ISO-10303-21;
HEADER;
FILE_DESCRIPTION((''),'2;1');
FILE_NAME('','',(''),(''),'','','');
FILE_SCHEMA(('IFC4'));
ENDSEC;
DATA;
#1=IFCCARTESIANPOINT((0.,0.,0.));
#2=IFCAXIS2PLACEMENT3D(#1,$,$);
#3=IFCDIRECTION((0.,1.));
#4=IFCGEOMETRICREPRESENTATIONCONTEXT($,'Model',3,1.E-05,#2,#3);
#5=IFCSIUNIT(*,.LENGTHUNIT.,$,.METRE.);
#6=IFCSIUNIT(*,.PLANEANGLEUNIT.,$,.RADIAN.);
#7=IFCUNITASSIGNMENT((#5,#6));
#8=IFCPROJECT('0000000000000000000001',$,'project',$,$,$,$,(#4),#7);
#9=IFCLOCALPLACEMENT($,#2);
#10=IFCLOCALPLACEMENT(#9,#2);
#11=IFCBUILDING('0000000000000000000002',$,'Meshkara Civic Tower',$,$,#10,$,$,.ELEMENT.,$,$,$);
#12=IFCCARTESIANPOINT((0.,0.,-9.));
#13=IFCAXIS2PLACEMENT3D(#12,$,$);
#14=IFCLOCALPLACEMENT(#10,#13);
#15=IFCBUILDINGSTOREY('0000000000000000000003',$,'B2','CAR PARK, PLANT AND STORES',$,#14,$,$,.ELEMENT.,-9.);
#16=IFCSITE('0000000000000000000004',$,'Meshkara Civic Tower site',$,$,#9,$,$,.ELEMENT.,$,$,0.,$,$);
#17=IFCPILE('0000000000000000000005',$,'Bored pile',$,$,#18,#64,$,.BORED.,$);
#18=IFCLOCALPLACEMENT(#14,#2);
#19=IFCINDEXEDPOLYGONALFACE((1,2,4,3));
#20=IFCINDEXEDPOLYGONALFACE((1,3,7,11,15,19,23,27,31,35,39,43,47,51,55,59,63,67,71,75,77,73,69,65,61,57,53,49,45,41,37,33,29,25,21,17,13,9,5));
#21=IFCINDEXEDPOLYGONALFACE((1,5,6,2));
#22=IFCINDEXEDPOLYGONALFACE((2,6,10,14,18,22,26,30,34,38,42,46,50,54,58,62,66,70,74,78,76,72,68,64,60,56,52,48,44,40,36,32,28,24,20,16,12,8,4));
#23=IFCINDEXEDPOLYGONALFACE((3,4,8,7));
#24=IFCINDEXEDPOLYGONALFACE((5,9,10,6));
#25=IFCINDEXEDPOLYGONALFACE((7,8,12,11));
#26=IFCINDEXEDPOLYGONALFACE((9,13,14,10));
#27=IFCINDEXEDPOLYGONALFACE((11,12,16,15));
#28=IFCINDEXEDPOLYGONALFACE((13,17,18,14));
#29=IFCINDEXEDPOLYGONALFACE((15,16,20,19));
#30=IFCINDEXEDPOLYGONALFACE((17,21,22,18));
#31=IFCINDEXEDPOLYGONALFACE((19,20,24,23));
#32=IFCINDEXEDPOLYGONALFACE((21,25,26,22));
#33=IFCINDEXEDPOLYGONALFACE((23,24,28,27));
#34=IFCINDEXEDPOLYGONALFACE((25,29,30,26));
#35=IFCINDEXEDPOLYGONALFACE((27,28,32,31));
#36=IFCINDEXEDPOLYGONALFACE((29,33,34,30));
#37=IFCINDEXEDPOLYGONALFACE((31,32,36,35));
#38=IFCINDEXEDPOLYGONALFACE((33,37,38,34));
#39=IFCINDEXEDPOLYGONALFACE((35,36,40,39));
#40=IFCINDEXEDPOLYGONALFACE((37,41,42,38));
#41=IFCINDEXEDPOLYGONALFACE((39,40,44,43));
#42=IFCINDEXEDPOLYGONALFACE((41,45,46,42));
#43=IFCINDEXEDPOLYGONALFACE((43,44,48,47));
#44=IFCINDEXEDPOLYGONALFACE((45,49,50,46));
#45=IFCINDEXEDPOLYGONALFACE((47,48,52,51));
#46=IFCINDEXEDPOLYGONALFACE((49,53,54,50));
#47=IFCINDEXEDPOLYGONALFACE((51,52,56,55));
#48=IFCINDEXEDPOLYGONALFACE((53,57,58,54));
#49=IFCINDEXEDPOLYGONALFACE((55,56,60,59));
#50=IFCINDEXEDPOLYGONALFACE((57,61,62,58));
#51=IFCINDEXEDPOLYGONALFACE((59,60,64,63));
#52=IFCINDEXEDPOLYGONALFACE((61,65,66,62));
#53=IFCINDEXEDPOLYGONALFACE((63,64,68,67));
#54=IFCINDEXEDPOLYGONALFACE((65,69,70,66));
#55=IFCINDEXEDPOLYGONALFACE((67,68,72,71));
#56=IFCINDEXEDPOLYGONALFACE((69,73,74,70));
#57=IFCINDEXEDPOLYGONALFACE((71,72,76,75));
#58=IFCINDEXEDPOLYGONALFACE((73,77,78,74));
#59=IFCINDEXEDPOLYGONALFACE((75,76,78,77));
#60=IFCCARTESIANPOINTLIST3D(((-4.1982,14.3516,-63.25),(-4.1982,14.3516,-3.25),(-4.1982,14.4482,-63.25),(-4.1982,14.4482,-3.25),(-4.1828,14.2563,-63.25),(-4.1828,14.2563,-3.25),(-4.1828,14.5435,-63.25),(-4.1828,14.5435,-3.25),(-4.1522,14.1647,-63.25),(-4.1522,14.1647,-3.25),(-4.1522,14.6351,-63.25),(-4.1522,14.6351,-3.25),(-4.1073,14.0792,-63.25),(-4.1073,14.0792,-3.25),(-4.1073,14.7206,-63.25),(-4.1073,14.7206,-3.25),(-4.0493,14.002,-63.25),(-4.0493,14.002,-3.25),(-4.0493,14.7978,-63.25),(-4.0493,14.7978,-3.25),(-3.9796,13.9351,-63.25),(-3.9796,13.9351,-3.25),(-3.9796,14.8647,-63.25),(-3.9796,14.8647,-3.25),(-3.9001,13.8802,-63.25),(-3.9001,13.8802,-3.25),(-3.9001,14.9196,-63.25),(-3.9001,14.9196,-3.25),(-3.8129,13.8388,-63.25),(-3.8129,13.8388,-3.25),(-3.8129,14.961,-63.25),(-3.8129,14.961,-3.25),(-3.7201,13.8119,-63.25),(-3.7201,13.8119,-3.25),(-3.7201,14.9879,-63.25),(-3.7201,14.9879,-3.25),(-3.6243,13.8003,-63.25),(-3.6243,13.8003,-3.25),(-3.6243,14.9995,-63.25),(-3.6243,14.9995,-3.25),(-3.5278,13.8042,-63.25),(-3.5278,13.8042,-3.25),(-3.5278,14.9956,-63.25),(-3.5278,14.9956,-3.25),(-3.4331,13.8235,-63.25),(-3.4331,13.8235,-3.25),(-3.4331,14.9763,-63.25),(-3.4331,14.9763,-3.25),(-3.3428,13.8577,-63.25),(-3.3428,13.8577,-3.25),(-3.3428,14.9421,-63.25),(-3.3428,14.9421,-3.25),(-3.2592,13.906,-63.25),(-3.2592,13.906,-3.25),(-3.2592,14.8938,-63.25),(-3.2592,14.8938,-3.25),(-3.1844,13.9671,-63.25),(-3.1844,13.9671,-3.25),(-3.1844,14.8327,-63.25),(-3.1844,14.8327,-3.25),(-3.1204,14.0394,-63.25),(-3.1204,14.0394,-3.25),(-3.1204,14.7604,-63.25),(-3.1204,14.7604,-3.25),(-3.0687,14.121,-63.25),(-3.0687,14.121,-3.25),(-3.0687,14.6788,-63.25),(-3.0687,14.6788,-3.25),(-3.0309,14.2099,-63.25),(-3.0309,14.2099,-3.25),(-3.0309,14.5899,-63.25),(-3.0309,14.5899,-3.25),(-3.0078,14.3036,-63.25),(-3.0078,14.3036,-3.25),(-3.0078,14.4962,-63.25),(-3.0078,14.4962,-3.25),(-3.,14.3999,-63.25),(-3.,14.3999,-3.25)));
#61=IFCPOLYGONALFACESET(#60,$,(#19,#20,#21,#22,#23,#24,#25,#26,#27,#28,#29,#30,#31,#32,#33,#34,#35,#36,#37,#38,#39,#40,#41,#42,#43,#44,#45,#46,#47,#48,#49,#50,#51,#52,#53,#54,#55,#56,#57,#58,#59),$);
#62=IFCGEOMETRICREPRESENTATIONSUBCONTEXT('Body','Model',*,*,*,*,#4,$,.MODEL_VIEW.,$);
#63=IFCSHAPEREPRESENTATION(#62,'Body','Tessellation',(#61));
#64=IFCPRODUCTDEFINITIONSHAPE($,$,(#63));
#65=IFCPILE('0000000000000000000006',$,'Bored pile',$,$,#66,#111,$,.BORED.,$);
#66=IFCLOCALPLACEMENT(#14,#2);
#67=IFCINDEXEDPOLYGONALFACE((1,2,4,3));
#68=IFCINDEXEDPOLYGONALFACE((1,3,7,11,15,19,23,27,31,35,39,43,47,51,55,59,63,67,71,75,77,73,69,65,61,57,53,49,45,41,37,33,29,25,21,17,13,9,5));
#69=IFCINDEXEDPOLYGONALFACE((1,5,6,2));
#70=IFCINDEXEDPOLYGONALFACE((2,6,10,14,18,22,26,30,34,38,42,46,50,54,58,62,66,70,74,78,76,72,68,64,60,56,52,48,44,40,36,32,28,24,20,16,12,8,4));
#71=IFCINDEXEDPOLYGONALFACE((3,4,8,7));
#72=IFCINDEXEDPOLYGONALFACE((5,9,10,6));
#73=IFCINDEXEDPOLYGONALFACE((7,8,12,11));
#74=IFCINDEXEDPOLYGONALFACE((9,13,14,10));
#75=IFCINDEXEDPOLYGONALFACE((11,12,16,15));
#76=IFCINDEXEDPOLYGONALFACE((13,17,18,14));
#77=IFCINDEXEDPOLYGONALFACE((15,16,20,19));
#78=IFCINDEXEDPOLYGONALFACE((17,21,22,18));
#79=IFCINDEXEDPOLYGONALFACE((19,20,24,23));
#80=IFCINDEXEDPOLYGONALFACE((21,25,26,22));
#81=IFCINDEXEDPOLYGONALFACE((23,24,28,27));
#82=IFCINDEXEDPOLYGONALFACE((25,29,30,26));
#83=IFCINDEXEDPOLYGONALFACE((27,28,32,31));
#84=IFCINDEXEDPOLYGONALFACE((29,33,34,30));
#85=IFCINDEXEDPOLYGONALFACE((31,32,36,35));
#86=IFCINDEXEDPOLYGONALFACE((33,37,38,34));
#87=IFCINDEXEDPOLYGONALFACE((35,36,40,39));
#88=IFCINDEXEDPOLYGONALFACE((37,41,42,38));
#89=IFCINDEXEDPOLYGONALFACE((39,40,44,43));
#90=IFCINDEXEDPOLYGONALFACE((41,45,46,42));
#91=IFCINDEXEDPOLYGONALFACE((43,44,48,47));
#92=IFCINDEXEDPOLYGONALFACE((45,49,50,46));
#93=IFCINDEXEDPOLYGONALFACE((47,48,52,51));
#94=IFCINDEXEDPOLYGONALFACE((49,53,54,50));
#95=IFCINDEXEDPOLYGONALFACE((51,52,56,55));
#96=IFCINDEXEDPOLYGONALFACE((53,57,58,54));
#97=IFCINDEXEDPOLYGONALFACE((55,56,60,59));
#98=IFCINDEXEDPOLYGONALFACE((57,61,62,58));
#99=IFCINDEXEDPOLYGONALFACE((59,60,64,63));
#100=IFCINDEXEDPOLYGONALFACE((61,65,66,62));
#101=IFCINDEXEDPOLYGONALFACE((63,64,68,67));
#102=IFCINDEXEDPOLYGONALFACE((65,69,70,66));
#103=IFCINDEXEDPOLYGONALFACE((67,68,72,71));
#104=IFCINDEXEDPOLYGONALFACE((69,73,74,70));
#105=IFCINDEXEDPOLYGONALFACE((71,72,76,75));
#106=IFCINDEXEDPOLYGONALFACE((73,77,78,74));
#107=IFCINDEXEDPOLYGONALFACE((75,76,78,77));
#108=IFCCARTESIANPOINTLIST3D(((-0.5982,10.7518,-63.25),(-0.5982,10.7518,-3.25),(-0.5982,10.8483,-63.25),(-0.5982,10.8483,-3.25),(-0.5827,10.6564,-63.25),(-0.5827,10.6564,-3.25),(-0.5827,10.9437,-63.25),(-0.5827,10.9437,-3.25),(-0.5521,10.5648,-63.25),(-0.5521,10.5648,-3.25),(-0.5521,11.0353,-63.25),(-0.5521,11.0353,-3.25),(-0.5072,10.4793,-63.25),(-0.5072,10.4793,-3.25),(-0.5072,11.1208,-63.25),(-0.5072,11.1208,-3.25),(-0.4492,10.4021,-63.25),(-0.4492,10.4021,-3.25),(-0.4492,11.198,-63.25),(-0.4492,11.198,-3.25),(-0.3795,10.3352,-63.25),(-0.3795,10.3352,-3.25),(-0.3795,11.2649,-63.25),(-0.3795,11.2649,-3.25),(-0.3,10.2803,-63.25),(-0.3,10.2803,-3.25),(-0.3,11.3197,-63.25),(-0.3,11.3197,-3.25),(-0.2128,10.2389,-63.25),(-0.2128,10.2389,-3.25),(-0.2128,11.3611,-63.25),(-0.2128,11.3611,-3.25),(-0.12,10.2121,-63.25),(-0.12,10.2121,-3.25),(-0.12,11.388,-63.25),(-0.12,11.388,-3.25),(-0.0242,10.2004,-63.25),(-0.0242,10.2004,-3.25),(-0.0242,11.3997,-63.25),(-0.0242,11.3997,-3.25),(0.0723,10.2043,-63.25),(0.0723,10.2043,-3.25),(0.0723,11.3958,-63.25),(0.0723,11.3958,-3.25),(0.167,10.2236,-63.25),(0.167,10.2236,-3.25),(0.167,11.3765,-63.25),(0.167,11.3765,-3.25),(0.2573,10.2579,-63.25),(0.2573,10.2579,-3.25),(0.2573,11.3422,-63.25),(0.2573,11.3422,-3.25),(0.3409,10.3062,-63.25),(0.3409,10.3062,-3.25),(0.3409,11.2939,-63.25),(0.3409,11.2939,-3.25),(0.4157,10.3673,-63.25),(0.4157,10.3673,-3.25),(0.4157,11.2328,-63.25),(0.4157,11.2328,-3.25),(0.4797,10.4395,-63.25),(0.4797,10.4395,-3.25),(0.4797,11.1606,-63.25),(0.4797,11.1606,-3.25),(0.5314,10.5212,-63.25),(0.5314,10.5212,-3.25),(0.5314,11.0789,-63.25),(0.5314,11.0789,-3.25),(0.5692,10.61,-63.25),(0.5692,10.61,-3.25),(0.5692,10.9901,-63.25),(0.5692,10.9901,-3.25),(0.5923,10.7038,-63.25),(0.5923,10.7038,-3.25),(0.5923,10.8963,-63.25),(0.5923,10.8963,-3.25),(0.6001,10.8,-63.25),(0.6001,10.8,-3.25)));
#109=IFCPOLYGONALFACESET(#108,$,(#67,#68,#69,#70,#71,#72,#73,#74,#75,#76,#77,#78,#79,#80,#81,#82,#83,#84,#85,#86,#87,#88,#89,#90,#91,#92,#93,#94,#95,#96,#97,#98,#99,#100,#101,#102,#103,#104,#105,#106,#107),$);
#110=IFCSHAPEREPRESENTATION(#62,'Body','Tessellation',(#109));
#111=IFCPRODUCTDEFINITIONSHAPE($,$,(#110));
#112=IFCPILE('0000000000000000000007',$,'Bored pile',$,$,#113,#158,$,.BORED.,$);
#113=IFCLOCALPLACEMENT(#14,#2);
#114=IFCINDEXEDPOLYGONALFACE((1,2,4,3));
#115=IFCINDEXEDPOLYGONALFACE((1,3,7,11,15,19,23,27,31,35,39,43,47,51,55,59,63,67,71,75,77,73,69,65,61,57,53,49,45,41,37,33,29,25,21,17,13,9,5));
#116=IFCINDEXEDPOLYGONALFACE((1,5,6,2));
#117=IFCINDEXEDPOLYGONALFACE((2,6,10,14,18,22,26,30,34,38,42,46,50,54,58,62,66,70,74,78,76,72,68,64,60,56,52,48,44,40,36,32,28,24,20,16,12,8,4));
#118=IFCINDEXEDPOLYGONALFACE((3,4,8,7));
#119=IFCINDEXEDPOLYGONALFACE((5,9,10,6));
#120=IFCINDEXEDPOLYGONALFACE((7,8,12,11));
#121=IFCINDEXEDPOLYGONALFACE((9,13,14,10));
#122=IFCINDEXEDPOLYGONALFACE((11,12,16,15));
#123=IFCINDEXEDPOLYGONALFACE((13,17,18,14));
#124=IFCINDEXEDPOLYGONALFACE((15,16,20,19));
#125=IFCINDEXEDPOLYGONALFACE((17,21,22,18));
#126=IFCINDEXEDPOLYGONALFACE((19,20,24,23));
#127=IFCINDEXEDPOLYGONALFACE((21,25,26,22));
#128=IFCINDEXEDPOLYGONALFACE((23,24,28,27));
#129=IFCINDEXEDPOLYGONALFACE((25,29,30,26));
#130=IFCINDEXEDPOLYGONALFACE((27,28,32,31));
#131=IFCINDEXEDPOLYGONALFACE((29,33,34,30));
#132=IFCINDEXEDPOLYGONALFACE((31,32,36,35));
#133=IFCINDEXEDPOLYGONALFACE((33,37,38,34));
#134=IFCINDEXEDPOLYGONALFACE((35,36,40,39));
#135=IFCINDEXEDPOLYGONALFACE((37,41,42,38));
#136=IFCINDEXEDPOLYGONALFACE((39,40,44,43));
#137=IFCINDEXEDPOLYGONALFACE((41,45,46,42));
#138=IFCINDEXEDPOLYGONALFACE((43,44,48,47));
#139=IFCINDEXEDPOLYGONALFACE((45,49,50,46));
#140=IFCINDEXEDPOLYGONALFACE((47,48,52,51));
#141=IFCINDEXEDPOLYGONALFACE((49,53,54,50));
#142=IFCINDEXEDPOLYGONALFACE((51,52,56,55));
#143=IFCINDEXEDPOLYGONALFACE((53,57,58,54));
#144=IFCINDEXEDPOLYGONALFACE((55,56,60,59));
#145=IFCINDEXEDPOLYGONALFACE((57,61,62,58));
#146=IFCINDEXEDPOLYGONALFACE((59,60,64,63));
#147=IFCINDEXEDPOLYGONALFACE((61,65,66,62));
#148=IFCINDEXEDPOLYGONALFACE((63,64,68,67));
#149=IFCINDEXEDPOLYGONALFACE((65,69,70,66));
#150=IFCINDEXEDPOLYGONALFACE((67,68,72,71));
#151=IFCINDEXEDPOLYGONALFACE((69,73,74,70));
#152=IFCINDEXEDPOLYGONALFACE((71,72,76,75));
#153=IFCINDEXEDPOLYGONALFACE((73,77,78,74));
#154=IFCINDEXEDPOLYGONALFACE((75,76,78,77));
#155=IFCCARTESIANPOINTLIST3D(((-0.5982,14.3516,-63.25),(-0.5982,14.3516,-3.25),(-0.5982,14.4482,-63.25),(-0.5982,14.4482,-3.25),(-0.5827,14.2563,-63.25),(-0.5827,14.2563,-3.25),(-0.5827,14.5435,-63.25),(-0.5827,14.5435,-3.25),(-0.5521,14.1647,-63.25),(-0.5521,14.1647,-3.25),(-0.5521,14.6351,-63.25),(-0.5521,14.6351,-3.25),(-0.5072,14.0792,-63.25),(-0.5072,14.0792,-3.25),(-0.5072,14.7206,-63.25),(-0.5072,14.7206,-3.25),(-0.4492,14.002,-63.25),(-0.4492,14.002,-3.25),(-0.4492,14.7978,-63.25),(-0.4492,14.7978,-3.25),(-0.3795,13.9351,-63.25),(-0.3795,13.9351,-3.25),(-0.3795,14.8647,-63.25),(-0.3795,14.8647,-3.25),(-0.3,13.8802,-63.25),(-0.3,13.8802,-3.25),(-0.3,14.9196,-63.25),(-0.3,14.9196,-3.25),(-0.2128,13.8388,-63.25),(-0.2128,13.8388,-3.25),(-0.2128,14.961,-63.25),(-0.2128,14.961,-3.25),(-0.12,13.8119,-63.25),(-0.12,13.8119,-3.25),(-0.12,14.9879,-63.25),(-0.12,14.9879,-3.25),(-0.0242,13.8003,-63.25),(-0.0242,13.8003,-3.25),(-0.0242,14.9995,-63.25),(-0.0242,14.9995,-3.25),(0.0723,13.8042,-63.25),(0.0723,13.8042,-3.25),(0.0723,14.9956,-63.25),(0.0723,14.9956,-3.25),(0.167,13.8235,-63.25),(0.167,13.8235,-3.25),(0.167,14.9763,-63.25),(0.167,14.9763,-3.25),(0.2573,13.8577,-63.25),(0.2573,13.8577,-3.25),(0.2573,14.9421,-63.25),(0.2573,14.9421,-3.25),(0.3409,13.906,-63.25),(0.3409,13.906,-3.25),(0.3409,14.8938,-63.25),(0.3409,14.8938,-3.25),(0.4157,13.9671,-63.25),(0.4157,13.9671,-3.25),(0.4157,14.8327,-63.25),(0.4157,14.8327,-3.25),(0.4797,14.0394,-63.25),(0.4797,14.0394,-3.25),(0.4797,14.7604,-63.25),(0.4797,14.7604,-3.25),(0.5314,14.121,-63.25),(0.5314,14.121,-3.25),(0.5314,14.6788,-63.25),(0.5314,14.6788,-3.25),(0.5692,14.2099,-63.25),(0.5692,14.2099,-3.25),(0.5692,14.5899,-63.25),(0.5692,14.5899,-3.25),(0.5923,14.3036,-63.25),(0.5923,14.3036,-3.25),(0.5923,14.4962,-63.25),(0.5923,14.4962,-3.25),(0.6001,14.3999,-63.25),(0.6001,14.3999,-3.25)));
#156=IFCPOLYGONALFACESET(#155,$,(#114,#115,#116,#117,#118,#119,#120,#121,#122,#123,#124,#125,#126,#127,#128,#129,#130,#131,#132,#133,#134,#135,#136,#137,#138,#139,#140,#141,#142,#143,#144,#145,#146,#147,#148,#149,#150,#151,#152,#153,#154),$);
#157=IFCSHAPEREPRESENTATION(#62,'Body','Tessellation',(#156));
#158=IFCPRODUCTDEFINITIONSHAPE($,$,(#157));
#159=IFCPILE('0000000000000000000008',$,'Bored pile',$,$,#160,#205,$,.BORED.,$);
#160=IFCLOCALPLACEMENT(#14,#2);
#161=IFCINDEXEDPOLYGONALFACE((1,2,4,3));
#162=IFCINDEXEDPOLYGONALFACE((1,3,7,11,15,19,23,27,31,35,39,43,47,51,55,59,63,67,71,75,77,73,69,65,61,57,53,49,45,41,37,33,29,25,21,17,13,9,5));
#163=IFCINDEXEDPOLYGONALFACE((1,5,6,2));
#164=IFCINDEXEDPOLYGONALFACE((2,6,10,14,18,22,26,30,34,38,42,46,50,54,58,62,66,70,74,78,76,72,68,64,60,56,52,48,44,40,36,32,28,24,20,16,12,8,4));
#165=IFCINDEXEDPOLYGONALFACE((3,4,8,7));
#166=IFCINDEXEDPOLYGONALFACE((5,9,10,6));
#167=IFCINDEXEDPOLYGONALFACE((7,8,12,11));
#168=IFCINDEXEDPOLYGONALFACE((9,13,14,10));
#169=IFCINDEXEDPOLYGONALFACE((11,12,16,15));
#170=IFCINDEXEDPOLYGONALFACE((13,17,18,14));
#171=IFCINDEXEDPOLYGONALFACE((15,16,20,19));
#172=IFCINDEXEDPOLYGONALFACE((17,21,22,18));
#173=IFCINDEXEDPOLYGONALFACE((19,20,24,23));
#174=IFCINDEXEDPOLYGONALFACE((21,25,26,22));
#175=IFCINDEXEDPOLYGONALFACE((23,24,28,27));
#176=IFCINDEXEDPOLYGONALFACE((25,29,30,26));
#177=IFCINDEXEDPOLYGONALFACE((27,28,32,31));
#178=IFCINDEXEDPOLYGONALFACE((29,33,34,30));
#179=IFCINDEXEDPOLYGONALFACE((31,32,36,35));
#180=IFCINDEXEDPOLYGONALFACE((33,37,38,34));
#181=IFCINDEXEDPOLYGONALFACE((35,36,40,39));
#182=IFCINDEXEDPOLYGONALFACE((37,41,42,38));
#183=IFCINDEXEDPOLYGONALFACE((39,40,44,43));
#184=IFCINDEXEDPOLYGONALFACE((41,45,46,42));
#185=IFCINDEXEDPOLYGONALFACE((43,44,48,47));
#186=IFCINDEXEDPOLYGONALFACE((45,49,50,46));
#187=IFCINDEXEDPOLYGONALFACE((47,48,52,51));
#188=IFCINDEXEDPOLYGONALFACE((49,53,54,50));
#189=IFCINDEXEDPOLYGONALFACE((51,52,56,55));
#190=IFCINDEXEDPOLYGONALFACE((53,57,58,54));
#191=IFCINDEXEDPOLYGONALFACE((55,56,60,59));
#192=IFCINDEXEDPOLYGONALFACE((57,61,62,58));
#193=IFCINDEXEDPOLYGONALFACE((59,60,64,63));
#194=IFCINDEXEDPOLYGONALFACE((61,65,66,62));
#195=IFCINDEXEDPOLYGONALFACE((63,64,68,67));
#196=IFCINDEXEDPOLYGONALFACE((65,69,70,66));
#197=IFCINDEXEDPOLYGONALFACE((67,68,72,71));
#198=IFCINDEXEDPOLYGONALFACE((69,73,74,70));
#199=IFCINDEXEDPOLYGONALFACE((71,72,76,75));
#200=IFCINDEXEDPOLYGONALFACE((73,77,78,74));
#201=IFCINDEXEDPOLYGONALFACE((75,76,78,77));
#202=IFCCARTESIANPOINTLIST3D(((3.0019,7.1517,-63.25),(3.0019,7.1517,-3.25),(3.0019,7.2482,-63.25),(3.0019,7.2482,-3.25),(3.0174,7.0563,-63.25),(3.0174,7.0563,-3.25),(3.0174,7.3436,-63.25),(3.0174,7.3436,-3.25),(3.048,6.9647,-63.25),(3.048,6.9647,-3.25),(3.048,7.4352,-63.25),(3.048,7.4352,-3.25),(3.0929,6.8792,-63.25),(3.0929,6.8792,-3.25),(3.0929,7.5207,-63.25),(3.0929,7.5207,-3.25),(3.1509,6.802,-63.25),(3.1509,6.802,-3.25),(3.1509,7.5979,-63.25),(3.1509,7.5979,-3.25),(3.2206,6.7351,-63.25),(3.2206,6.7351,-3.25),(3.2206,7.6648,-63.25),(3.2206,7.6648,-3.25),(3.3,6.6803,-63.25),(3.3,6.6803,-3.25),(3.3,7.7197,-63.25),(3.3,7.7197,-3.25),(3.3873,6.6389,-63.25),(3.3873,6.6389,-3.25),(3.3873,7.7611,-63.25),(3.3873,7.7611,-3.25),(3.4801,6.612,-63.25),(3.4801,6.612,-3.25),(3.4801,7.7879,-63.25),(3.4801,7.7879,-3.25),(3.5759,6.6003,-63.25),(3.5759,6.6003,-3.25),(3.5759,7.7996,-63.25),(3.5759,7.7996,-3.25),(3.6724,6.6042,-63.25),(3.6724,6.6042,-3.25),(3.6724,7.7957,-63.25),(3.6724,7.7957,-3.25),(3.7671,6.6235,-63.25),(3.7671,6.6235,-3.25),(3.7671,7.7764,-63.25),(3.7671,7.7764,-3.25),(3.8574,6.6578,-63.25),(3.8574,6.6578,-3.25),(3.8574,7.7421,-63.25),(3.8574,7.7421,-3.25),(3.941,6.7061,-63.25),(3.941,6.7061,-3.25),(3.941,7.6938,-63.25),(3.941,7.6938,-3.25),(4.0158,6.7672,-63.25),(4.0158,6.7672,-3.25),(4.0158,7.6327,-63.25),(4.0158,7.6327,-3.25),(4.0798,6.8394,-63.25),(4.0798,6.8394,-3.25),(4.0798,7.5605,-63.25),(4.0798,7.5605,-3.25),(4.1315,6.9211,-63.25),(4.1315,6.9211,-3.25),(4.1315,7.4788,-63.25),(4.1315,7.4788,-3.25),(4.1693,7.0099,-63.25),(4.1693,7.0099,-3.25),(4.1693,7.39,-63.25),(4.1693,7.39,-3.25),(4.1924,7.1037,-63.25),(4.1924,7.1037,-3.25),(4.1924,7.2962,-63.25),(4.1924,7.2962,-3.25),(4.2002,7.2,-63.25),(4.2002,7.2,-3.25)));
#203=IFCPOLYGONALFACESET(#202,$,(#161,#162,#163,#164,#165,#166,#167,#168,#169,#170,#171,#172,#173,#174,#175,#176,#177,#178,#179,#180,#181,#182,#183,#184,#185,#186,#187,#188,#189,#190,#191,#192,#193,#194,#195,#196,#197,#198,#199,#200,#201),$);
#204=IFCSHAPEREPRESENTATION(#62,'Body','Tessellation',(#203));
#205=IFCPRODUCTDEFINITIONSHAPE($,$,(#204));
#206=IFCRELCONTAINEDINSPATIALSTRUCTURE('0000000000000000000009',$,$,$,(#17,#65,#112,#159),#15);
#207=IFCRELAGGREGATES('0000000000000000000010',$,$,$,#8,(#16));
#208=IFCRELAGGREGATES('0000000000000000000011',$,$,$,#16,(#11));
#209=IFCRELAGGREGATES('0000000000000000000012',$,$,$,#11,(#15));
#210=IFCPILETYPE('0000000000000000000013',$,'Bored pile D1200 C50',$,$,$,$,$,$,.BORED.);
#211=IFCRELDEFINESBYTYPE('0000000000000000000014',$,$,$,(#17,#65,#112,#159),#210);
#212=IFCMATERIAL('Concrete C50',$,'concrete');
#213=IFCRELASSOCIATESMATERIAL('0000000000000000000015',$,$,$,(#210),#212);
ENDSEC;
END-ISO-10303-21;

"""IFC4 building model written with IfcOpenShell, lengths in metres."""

from ifc_helpers import new_model, si_unit, direction, frame, origin, origin_2d, place, context, subcontext, project, spatial, circle, extrude, material, material_profile, profile_set, type_object, element, save


model = new_model("IFC4")

# Units and contexts
model_context = context("Model", 3, precision=1e-05, world=origin(), true_north=direction((0.0, 1.0)))
body_context = subcontext(model_context, "Body", "Model", "MODEL_VIEW")
ifc_project = project(units=[si_unit("LENGTHUNIT", "METRE"), si_unit("PLANEANGLEUNIT", "RADIAN")], contexts=[model_context])

# Site, building, storey
site_placement = place(None, origin())
site = spatial("IfcSite", under=ifc_project, at=site_placement, Name="Meshkara Civic Tower site", CompositionType="ELEMENT", RefElevation=0.0)
building_placement = place(site_placement, origin())
building = spatial("IfcBuilding", under=site, at=building_placement, Name="Meshkara Civic Tower", CompositionType="ELEMENT")
storey_placement = place(building_placement, frame((0.0, 0.0, -9.0)))
storey = spatial("IfcBuildingStorey", under=building, at=storey_placement, Name="B2", Description="CAR PARK, PLANT AND STORES", CompositionType="ELEMENT", Elevation=-9.0)

# Piles
ifc_material_1 = material(Name="Concrete C50", Category="concrete")
ifc_material_profile_1 = material_profile(ifc_material_1, circle(Radius=0.6001, at=origin_2d()))
ifc_profile_set_1 = profile_set([ifc_material_profile_1], Name="Concrete C50")
pile_type = type_object("IfcPileType", Name="Bored pile D1200 C50", PredefinedType="BORED", material=ifc_profile_set_1)
for number, where, z_axis, x_axis, name in (
    (1, (-3.6001, 14.3999, -3.25), (0.0, 0.0, -1.0), (1.0, 0.0, 0.0), "Bored pile"),
    (2, (0.0, 10.8, -3.25), (0.0, 0.0, -1.0), (1.0, 0.0, 0.0), "Bored pile"),
    (3, (0.0, 14.3999, -3.25), (0.0, 0.0, -1.0), (1.0, 0.0, 0.0), "Bored pile"),
    (4, (3.6001, 7.2, -3.25), (0.0, 0.0, -1.0), (1.0, 0.0, 0.0), "Bored pile"),
):
    element("IfcPile", number, at=place(storey_placement, frame(where, z_axis=z_axis, x_axis=x_axis)), inside=storey, type_object=pile_type, Name=name, PredefinedType="BORED", context=body_context, shape_type="SweptSolid", body=[
        extrude(circle(Radius=0.6001, at=origin_2d()), origin(), (0.0, 0.0, 1.0), 60.0),
    ])

save(model, "model.ifc")
